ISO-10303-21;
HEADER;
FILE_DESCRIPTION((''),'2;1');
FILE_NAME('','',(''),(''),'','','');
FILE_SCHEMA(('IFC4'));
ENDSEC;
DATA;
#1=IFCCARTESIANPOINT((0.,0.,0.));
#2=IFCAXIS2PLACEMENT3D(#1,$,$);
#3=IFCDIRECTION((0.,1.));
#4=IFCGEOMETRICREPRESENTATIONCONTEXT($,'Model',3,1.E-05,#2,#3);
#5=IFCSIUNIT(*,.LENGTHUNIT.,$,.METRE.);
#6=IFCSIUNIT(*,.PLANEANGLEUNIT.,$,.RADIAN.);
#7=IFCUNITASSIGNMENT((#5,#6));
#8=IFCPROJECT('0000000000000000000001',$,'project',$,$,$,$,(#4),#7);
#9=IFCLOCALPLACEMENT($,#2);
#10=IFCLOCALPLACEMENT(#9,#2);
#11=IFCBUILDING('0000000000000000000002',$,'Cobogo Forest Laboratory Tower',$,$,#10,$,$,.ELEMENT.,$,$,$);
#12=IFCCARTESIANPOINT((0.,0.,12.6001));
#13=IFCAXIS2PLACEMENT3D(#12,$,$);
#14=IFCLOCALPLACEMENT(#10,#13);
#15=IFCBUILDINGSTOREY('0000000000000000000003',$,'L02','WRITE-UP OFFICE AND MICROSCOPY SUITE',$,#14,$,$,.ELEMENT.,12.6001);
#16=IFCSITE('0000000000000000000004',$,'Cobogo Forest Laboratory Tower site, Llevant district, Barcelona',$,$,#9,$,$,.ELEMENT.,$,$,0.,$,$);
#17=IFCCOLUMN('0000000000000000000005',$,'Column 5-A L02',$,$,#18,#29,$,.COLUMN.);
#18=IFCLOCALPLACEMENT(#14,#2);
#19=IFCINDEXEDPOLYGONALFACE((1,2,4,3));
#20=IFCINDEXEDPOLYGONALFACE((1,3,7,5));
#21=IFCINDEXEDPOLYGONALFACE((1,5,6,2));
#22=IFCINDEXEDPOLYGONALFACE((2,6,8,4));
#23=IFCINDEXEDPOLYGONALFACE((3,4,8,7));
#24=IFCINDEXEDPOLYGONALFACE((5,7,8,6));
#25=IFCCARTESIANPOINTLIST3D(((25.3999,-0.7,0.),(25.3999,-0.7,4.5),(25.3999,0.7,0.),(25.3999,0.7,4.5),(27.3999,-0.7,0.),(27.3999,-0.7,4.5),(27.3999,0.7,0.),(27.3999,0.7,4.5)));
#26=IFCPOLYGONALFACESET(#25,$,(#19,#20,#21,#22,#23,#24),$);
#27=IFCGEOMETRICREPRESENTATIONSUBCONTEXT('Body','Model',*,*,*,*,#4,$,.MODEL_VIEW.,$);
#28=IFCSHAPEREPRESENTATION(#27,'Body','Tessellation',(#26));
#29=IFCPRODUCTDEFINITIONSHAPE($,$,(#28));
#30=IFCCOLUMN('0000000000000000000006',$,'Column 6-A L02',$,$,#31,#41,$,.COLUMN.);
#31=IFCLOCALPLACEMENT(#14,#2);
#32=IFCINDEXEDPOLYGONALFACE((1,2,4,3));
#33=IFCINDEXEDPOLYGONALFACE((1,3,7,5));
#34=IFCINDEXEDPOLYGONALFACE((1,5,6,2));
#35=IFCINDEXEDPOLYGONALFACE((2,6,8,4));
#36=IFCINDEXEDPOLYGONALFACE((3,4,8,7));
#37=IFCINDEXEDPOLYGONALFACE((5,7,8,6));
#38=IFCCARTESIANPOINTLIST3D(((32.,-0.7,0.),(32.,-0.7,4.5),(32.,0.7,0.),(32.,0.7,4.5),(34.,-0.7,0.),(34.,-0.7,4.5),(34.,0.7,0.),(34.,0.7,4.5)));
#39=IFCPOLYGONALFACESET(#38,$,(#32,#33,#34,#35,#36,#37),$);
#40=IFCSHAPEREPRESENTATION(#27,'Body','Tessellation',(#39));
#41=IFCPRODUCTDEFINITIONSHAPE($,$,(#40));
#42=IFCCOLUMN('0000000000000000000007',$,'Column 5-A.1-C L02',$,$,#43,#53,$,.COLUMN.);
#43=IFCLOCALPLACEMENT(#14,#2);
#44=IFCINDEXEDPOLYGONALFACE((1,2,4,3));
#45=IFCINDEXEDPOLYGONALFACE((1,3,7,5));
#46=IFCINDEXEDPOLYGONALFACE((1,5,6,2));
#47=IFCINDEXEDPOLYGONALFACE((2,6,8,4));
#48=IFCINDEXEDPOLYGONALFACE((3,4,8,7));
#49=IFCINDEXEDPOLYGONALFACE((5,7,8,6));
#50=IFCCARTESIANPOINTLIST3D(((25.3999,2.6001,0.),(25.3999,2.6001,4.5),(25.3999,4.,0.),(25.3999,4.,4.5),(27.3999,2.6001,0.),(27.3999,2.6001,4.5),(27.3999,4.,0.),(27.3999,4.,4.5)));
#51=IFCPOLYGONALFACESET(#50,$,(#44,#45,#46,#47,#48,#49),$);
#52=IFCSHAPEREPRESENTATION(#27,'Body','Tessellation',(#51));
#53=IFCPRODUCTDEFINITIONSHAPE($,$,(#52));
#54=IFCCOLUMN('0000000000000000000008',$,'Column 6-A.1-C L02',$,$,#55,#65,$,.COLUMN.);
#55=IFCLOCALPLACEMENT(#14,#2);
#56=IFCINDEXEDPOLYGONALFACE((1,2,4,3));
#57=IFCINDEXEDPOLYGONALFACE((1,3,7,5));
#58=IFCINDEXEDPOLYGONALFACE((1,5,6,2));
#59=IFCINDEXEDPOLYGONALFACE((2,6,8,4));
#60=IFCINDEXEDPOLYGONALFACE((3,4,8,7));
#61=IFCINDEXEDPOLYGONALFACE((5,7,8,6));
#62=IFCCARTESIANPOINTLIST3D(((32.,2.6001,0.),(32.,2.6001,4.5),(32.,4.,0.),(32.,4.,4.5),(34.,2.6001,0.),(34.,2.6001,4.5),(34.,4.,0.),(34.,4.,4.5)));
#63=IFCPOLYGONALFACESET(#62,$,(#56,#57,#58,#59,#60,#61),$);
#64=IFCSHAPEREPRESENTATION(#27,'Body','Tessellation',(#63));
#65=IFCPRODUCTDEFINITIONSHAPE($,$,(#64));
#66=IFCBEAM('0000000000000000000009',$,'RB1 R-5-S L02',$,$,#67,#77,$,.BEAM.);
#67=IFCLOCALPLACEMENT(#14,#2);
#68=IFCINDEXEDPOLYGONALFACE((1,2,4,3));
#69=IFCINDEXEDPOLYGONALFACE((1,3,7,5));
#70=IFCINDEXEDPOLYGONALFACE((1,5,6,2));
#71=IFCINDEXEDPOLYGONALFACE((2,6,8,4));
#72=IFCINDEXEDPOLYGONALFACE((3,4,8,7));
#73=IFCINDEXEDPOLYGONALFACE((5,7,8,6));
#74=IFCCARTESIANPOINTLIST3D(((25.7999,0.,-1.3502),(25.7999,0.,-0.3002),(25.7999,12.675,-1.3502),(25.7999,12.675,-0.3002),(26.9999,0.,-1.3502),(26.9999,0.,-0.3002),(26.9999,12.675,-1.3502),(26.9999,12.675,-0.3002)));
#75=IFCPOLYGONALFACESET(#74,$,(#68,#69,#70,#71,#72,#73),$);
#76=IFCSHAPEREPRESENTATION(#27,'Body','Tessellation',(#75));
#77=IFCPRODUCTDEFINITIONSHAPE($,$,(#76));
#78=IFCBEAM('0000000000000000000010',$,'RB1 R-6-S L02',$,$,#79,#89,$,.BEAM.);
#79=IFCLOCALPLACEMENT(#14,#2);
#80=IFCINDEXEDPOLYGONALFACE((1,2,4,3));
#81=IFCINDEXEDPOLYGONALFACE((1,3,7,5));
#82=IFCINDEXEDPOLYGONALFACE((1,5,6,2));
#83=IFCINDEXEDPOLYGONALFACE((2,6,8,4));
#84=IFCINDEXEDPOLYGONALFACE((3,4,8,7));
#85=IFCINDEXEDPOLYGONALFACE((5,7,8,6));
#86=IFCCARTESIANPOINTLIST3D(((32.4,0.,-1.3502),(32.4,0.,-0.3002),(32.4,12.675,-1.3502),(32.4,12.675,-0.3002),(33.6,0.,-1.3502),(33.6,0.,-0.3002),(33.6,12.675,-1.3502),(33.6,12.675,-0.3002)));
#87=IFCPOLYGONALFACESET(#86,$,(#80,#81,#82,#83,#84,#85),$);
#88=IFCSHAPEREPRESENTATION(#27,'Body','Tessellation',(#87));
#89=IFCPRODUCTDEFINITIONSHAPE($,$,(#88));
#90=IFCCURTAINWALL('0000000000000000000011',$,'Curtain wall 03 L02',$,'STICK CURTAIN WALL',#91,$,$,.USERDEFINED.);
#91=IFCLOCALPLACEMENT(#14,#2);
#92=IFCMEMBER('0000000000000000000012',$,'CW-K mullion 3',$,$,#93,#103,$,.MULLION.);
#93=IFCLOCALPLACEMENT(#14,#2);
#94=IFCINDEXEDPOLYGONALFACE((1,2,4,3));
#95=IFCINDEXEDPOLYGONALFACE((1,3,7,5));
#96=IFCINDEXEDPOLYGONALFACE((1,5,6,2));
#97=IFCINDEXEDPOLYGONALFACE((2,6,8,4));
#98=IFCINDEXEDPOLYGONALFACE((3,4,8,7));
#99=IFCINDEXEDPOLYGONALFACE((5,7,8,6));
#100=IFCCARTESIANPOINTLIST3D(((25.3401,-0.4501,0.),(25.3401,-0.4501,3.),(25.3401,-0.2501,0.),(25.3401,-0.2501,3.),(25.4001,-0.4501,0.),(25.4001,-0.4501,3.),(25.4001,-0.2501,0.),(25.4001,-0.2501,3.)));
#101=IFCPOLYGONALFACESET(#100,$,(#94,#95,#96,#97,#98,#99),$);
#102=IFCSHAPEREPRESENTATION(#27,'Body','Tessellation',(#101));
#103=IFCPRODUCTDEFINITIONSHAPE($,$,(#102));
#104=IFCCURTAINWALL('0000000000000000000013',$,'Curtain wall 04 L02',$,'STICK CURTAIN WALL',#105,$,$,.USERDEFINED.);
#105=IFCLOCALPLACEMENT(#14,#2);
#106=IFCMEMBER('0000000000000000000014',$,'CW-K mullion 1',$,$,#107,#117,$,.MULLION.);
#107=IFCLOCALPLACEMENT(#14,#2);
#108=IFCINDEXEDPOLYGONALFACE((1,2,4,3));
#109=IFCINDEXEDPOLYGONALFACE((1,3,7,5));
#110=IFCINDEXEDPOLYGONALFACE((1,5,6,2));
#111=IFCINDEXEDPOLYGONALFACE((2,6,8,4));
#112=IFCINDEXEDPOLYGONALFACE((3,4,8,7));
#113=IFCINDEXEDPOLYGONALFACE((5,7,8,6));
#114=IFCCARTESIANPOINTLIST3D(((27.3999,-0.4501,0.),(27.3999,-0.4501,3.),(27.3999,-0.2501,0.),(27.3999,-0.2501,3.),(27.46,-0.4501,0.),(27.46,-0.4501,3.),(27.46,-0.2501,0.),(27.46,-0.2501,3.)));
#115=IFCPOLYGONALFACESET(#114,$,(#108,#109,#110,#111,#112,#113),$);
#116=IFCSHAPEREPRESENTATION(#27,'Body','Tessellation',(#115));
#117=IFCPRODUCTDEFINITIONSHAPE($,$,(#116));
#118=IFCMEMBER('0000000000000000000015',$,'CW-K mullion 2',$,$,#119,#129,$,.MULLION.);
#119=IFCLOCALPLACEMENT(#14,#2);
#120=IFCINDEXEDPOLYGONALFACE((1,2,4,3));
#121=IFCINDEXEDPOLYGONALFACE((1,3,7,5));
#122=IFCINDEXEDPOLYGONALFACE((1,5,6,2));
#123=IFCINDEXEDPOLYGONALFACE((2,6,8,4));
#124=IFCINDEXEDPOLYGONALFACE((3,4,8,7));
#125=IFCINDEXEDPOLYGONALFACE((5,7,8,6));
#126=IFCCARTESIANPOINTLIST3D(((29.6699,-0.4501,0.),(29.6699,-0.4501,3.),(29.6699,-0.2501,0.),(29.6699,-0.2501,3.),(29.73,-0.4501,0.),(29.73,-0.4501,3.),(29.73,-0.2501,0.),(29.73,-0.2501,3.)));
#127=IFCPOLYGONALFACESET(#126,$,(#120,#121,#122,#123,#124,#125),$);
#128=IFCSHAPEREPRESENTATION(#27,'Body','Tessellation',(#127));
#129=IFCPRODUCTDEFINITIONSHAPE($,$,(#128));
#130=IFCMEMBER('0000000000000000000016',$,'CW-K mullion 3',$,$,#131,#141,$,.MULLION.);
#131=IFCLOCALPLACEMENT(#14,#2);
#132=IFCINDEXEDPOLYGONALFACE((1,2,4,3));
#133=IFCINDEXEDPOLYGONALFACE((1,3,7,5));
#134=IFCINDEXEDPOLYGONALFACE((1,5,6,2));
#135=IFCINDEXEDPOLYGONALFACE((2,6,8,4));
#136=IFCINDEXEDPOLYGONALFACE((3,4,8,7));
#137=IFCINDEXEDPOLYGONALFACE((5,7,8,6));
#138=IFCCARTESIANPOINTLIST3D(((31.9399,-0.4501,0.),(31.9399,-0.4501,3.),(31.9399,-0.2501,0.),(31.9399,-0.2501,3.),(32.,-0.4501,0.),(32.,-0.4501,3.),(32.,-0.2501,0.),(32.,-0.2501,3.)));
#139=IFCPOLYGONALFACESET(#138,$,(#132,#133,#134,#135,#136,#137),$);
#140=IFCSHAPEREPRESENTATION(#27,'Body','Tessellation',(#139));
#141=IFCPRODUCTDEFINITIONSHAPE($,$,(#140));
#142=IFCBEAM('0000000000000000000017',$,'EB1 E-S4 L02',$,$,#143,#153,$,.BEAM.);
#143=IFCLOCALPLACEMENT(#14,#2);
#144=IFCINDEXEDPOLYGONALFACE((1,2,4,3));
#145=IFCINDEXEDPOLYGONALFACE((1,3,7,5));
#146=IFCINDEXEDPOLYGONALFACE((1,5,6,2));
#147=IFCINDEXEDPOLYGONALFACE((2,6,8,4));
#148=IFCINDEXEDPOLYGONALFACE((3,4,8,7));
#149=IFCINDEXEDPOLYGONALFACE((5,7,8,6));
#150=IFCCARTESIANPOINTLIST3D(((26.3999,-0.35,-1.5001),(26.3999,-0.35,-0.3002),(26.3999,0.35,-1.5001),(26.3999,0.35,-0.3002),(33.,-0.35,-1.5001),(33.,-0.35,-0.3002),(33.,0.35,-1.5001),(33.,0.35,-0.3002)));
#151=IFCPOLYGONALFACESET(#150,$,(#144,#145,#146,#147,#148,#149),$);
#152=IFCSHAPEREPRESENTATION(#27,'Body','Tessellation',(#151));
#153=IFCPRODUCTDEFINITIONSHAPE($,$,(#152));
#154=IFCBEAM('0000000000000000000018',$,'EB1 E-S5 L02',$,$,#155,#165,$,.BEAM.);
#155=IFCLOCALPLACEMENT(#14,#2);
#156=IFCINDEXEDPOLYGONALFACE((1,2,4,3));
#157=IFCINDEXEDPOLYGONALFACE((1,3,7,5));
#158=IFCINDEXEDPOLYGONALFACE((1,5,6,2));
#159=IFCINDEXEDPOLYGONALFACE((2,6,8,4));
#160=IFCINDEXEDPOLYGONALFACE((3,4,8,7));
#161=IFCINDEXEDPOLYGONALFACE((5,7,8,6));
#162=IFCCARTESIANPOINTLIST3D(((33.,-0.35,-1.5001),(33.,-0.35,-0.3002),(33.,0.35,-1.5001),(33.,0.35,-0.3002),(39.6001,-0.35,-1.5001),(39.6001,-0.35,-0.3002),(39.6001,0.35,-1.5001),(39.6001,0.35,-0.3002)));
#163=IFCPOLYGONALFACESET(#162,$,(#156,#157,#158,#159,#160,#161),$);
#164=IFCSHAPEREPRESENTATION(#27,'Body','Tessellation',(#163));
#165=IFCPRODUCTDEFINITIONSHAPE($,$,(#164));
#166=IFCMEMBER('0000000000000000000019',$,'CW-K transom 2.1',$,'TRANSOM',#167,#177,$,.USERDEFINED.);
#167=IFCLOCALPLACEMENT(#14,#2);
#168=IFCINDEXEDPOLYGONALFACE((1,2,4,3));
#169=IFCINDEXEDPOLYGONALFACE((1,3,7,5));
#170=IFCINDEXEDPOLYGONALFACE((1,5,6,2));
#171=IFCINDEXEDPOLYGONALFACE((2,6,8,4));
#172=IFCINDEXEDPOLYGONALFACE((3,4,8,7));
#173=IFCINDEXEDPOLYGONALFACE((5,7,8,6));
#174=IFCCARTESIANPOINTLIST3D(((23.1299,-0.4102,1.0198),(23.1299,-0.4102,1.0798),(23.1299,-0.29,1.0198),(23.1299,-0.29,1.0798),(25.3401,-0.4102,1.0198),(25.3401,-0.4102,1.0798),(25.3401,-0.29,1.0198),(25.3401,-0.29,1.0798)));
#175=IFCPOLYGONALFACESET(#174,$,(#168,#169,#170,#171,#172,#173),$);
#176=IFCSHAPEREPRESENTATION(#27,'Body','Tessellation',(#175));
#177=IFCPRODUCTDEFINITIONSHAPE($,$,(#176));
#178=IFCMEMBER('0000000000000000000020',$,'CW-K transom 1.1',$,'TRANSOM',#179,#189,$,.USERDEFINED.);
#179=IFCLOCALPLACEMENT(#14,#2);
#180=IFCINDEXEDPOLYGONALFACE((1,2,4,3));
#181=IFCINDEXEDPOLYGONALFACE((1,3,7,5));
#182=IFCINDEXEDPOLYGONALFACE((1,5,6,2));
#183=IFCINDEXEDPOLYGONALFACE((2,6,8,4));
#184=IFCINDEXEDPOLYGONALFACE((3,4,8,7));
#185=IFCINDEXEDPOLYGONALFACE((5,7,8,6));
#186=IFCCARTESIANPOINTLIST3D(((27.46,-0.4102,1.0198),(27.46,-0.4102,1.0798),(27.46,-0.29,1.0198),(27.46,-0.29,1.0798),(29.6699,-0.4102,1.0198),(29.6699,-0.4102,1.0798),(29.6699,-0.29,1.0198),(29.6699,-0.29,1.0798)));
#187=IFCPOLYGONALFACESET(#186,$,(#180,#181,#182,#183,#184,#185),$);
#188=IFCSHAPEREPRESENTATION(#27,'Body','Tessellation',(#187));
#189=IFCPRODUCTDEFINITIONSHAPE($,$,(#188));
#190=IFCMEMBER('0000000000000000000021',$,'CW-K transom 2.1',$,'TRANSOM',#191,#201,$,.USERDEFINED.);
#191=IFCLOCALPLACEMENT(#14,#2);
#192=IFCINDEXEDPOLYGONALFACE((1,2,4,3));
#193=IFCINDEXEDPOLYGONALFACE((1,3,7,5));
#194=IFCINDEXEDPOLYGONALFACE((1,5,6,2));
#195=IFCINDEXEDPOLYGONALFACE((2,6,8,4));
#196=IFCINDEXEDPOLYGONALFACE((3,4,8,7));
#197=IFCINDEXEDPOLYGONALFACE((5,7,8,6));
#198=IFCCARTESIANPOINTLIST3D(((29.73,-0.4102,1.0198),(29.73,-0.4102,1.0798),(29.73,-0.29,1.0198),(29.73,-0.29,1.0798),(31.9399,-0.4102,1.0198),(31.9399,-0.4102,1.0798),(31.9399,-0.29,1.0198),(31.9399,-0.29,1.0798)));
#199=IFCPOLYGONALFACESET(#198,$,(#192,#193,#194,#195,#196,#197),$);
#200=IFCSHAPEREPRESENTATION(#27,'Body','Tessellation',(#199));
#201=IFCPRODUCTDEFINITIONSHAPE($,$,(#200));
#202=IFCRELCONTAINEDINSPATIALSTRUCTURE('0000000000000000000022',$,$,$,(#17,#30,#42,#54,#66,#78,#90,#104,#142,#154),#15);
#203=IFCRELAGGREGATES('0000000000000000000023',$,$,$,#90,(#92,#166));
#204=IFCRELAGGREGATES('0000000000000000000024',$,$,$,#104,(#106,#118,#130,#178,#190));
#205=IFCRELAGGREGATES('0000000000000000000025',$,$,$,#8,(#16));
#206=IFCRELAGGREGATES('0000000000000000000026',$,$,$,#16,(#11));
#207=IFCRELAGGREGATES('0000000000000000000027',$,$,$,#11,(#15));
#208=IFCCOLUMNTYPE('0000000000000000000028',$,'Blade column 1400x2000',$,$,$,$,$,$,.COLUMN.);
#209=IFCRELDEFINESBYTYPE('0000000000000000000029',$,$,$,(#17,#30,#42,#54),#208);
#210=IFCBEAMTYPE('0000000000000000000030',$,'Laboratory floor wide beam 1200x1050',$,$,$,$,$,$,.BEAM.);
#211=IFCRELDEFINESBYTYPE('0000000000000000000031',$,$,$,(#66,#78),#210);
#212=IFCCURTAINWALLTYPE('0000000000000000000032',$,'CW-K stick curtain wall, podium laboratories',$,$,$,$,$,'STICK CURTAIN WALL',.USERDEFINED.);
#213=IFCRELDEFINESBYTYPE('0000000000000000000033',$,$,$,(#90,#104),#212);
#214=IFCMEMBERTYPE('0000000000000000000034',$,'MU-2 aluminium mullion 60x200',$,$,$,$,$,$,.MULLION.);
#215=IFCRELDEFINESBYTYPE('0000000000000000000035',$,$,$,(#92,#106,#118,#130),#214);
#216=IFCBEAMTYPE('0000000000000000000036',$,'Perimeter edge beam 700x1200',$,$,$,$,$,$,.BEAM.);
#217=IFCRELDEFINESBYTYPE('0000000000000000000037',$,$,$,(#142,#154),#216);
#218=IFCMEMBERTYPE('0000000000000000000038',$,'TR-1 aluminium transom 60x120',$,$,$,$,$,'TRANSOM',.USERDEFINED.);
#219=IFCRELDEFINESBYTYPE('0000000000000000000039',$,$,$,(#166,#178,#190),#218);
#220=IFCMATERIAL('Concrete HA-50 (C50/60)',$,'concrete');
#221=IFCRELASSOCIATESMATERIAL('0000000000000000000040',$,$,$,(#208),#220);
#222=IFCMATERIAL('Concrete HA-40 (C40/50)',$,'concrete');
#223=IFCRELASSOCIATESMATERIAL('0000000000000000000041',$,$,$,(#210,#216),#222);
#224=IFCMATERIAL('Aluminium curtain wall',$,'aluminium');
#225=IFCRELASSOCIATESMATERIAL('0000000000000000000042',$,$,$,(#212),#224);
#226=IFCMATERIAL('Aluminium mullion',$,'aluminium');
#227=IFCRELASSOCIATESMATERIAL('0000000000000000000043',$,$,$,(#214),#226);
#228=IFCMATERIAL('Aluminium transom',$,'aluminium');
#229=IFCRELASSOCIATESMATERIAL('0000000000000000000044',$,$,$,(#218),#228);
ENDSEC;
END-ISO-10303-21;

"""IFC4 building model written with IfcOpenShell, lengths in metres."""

from ifc_helpers import new_model, si_unit, direction, frame, origin, origin_2d, place, context, subcontext, project, spatial, rectangle, extrude, material, material_profile, profile_set, type_object, element, aggregate, save


model = new_model("IFC4")

# Units and contexts
model_context = context("Model", 3, precision=1e-05, world=origin(), true_north=direction((0.0, 1.0)))
body_context = subcontext(model_context, "Body", "Model", "MODEL_VIEW")
ifc_project = project(units=[si_unit("LENGTHUNIT", "METRE"), si_unit("PLANEANGLEUNIT", "RADIAN")], contexts=[model_context])

# Site, building, storey
site_placement = place(None, origin())
site = spatial("IfcSite", under=ifc_project, at=site_placement, Name="Cobogo Forest Laboratory Tower site, Llevant district, Barcelona", CompositionType="ELEMENT", RefElevation=0.0)
building_placement = place(site_placement, origin())
building = spatial("IfcBuilding", under=site, at=building_placement, Name="Cobogo Forest Laboratory Tower", CompositionType="ELEMENT")
storey_placement = place(building_placement, frame((0.0, 0.0, 12.6001)))
storey = spatial("IfcBuildingStorey", under=building, at=storey_placement, Name="L02", Description="WRITE-UP OFFICE AND MICROSCOPY SUITE", CompositionType="ELEMENT", Elevation=12.6001)

# Columns
ifc_material_1 = material(Name="Concrete HA-50 (C50/60)", Category="concrete")
ifc_material_profile_1 = material_profile(ifc_material_1, rectangle(XDim=2.0, YDim=1.3999, at=origin_2d()), Name="RC 1400x2000")
ifc_profile_set_1 = profile_set([ifc_material_profile_1], Name="Concrete HA-50 (C50/60)")
column_type = type_object("IfcColumnType", Name="Blade column 1400x2000", PredefinedType="COLUMN", material=ifc_profile_set_1)
for number, where, z_axis, x_axis, name in (
    (1, (26.3999, 0.0, 0.0), (0.0, 0.0, 1.0), (1.0, 0.0, 0.0), "Column 5-A L02"),
    (2, (33.0, 0.0, 0.0), (0.0, 0.0, 1.0), (1.0, 0.0, 0.0), "Column 6-A L02"),
    (3, (26.3999, 3.3, 0.0), (0.0, 0.0, 1.0), (1.0, 0.0, 0.0), "Column 5-A.1-C L02"),
    (4, (33.0, 3.3, 0.0), (0.0, 0.0, 1.0), (1.0, 0.0, 0.0), "Column 6-A.1-C L02"),
):
    element("IfcColumn", number, at=place(storey_placement, frame(where, z_axis=z_axis, x_axis=x_axis)), inside=storey, type_object=column_type, Name=name, PredefinedType="COLUMN", context=body_context, shape_type="SweptSolid", body=[
        extrude(rectangle(XDim=2.0, YDim=1.3999, at=origin_2d()), origin(), (0.0, 0.0, 1.0), 4.5),
    ])

# Beams
ifc_material_2 = material(Name="Concrete HA-40 (C40/50)", Category="concrete")
ifc_material_profile_2 = material_profile(ifc_material_2, rectangle(XDim=1.2, YDim=1.05, at=origin_2d()), Name="RC 1200x1050")
ifc_profile_set_2 = profile_set([ifc_material_profile_2], Name="Concrete HA-40 (C40/50)")
beam_type_1 = type_object("IfcBeamType", Name="Laboratory floor wide beam 1200x1050", PredefinedType="BEAM", material=ifc_profile_set_2)
for number, where, z_axis, x_axis, name in (
    (5, (26.3999, 12.675, -0.8252), (0.0, -1.0, 0.0), (1.0, 0.0, 0.0), "RB1 R-5-S L02"),
    (6, (33.0, 12.675, -0.8252), (0.0, -1.0, 0.0), (1.0, 0.0, 0.0), "RB1 R-6-S L02"),
):
    element("IfcBeam", number, at=place(storey_placement, frame(where, z_axis=z_axis, x_axis=x_axis)), inside=storey, type_object=beam_type_1, Name=name, PredefinedType="BEAM", context=body_context, shape_type="SweptSolid", body=[
        extrude(rectangle(XDim=1.2, YDim=1.05, at=origin_2d()), origin(), (0.0, 0.0, 1.0), 12.675),
    ])

# Curtain wall, member
ifc_material_3 = material(Name="Aluminium curtain wall", Category="aluminium")
curtain_wall_type = type_object("IfcCurtainWallType", Name="CW-K stick curtain wall, podium laboratories", ElementType="STICK CURTAIN WALL", PredefinedType="USERDEFINED", material=ifc_material_3)
curtain_wall_1_placement = place(storey_placement, origin())
curtain_wall_1 = element("IfcCurtainWall", 7, at=curtain_wall_1_placement, inside=storey, type_object=curtain_wall_type, Name="Curtain wall 03 L02", ObjectType="STICK CURTAIN WALL", PredefinedType="USERDEFINED")
ifc_material_4 = material(Name="Aluminium mullion", Category="aluminium")
ifc_material_profile_3 = material_profile(ifc_material_4, rectangle(XDim=0.0601, YDim=0.2, at=origin_2d()), Name="AL 60x200")
ifc_profile_set_3 = profile_set([ifc_material_profile_3], Name="Aluminium mullion")
member_type_1 = type_object("IfcMemberType", Name="MU-2 aluminium mullion 60x200", PredefinedType="MULLION", material=ifc_profile_set_3)
member_1_placement = place(storey_placement, frame((25.3701, -0.3501, 0.0), z_axis=(0.0, 0.0, 1.0), x_axis=(1.0, 0.0, 0.0)))
member_1 = element("IfcMember", 8, at=member_1_placement, type_object=member_type_1, Name="CW-K mullion 3", PredefinedType="MULLION", context=body_context, shape_type="SweptSolid", body=[
    extrude(rectangle(XDim=0.0601, YDim=0.2, at=origin_2d()), origin(), (0.0, 0.0, 1.0), 3.0),
])

# Curtain wall, members
curtain_wall_2_placement = place(storey_placement, origin())
curtain_wall_2 = element("IfcCurtainWall", 9, at=curtain_wall_2_placement, inside=storey, type_object=curtain_wall_type, Name="Curtain wall 04 L02", ObjectType="STICK CURTAIN WALL", PredefinedType="USERDEFINED")
member_2_placement = place(storey_placement, frame((27.4299, -0.3501, 0.0), z_axis=(0.0, 0.0, 1.0), x_axis=(1.0, 0.0, 0.0)))
member_2 = element("IfcMember", 10, at=member_2_placement, type_object=member_type_1, Name="CW-K mullion 1", PredefinedType="MULLION", context=body_context, shape_type="SweptSolid", body=[
    extrude(rectangle(XDim=0.0601, YDim=0.2, at=origin_2d()), origin(), (0.0, 0.0, 1.0), 3.0),
])
member_3_placement = place(storey_placement, frame((29.7, -0.3501, 0.0), z_axis=(0.0, 0.0, 1.0), x_axis=(1.0, 0.0, 0.0)))
member_3 = element("IfcMember", 11, at=member_3_placement, type_object=member_type_1, Name="CW-K mullion 2", PredefinedType="MULLION", context=body_context, shape_type="SweptSolid", body=[
    extrude(rectangle(XDim=0.0601, YDim=0.2, at=origin_2d()), origin(), (0.0, 0.0, 1.0), 3.0),
])
member_4_placement = place(storey_placement, frame((31.97, -0.3501, 0.0), z_axis=(0.0, 0.0, 1.0), x_axis=(1.0, 0.0, 0.0)))
member_4 = element("IfcMember", 12, at=member_4_placement, type_object=member_type_1, Name="CW-K mullion 3", PredefinedType="MULLION", context=body_context, shape_type="SweptSolid", body=[
    extrude(rectangle(XDim=0.0601, YDim=0.2, at=origin_2d()), origin(), (0.0, 0.0, 1.0), 3.0),
])

# Beams
ifc_material_profile_4 = material_profile(ifc_material_2, rectangle(XDim=0.7, YDim=1.2, at=origin_2d()), Name="RC 700x1200")
ifc_profile_set_4 = profile_set([ifc_material_profile_4], Name="Concrete HA-40 (C40/50)")
beam_type_2 = type_object("IfcBeamType", Name="Perimeter edge beam 700x1200", PredefinedType="BEAM", material=ifc_profile_set_4)
for number, where, z_axis, x_axis, name in (
    (13, (26.3999, 0.0, -0.9001), (1.0, 0.0, 0.0), (0.0, 1.0, 0.0), "EB1 E-S4 L02"),
    (14, (33.0, 0.0, -0.9001), (1.0, 0.0, 0.0), (0.0, 1.0, 0.0), "EB1 E-S5 L02"),
):
    element("IfcBeam", number, at=place(storey_placement, frame(where, z_axis=z_axis, x_axis=x_axis)), inside=storey, type_object=beam_type_2, Name=name, PredefinedType="BEAM", context=body_context, shape_type="SweptSolid", body=[
        extrude(rectangle(XDim=0.7, YDim=1.2, at=origin_2d()), origin(), (0.0, 0.0, 1.0), 6.6001),
    ])

# Members
ifc_material_5 = material(Name="Aluminium transom", Category="aluminium")
ifc_material_profile_5 = material_profile(ifc_material_5, rectangle(XDim=0.1201, YDim=0.0601, at=origin_2d()), Name="AL 60x120")
ifc_profile_set_5 = profile_set([ifc_material_profile_5], Name="Aluminium transom")
member_type_2 = type_object("IfcMemberType", Name="TR-1 aluminium transom 60x120", ElementType="TRANSOM", PredefinedType="USERDEFINED", material=ifc_profile_set_5)
member_5_placement = place(storey_placement, frame((23.1299, -0.3501, 1.0498), z_axis=(1.0, 0.0, 0.0), x_axis=(0.0, 1.0, 0.0)))
member_5 = element("IfcMember", 15, at=member_5_placement, type_object=member_type_2, Name="CW-K transom 2.1", ObjectType="TRANSOM", PredefinedType="USERDEFINED", context=body_context, shape_type="SweptSolid", body=[
    extrude(rectangle(XDim=0.1201, YDim=0.0601, at=origin_2d()), origin(), (0.0, 0.0, 1.0), 2.2102),
])
member_6_placement = place(storey_placement, frame((27.46, -0.3501, 1.0498), z_axis=(1.0, 0.0, 0.0), x_axis=(0.0, 1.0, 0.0)))
member_6 = element("IfcMember", 16, at=member_6_placement, type_object=member_type_2, Name="CW-K transom 1.1", ObjectType="TRANSOM", PredefinedType="USERDEFINED", context=body_context, shape_type="SweptSolid", body=[
    extrude(rectangle(XDim=0.1201, YDim=0.0601, at=origin_2d()), origin(), (0.0, 0.0, 1.0), 2.21),
])
member_7_placement = place(storey_placement, frame((29.73, -0.3501, 1.0498), z_axis=(1.0, 0.0, 0.0), x_axis=(0.0, 1.0, 0.0)))
member_7 = element("IfcMember", 17, at=member_7_placement, type_object=member_type_2, Name="CW-K transom 2.1", ObjectType="TRANSOM", PredefinedType="USERDEFINED", context=body_context, shape_type="SweptSolid", body=[
    extrude(rectangle(XDim=0.1201, YDim=0.0601, at=origin_2d()), origin(), (0.0, 0.0, 1.0), 2.21),
])

aggregate(curtain_wall_1, [member_1, member_5])
aggregate(curtain_wall_2, [member_2, member_3, member_4, member_6, member_7])

save(model, "model.ifc")
